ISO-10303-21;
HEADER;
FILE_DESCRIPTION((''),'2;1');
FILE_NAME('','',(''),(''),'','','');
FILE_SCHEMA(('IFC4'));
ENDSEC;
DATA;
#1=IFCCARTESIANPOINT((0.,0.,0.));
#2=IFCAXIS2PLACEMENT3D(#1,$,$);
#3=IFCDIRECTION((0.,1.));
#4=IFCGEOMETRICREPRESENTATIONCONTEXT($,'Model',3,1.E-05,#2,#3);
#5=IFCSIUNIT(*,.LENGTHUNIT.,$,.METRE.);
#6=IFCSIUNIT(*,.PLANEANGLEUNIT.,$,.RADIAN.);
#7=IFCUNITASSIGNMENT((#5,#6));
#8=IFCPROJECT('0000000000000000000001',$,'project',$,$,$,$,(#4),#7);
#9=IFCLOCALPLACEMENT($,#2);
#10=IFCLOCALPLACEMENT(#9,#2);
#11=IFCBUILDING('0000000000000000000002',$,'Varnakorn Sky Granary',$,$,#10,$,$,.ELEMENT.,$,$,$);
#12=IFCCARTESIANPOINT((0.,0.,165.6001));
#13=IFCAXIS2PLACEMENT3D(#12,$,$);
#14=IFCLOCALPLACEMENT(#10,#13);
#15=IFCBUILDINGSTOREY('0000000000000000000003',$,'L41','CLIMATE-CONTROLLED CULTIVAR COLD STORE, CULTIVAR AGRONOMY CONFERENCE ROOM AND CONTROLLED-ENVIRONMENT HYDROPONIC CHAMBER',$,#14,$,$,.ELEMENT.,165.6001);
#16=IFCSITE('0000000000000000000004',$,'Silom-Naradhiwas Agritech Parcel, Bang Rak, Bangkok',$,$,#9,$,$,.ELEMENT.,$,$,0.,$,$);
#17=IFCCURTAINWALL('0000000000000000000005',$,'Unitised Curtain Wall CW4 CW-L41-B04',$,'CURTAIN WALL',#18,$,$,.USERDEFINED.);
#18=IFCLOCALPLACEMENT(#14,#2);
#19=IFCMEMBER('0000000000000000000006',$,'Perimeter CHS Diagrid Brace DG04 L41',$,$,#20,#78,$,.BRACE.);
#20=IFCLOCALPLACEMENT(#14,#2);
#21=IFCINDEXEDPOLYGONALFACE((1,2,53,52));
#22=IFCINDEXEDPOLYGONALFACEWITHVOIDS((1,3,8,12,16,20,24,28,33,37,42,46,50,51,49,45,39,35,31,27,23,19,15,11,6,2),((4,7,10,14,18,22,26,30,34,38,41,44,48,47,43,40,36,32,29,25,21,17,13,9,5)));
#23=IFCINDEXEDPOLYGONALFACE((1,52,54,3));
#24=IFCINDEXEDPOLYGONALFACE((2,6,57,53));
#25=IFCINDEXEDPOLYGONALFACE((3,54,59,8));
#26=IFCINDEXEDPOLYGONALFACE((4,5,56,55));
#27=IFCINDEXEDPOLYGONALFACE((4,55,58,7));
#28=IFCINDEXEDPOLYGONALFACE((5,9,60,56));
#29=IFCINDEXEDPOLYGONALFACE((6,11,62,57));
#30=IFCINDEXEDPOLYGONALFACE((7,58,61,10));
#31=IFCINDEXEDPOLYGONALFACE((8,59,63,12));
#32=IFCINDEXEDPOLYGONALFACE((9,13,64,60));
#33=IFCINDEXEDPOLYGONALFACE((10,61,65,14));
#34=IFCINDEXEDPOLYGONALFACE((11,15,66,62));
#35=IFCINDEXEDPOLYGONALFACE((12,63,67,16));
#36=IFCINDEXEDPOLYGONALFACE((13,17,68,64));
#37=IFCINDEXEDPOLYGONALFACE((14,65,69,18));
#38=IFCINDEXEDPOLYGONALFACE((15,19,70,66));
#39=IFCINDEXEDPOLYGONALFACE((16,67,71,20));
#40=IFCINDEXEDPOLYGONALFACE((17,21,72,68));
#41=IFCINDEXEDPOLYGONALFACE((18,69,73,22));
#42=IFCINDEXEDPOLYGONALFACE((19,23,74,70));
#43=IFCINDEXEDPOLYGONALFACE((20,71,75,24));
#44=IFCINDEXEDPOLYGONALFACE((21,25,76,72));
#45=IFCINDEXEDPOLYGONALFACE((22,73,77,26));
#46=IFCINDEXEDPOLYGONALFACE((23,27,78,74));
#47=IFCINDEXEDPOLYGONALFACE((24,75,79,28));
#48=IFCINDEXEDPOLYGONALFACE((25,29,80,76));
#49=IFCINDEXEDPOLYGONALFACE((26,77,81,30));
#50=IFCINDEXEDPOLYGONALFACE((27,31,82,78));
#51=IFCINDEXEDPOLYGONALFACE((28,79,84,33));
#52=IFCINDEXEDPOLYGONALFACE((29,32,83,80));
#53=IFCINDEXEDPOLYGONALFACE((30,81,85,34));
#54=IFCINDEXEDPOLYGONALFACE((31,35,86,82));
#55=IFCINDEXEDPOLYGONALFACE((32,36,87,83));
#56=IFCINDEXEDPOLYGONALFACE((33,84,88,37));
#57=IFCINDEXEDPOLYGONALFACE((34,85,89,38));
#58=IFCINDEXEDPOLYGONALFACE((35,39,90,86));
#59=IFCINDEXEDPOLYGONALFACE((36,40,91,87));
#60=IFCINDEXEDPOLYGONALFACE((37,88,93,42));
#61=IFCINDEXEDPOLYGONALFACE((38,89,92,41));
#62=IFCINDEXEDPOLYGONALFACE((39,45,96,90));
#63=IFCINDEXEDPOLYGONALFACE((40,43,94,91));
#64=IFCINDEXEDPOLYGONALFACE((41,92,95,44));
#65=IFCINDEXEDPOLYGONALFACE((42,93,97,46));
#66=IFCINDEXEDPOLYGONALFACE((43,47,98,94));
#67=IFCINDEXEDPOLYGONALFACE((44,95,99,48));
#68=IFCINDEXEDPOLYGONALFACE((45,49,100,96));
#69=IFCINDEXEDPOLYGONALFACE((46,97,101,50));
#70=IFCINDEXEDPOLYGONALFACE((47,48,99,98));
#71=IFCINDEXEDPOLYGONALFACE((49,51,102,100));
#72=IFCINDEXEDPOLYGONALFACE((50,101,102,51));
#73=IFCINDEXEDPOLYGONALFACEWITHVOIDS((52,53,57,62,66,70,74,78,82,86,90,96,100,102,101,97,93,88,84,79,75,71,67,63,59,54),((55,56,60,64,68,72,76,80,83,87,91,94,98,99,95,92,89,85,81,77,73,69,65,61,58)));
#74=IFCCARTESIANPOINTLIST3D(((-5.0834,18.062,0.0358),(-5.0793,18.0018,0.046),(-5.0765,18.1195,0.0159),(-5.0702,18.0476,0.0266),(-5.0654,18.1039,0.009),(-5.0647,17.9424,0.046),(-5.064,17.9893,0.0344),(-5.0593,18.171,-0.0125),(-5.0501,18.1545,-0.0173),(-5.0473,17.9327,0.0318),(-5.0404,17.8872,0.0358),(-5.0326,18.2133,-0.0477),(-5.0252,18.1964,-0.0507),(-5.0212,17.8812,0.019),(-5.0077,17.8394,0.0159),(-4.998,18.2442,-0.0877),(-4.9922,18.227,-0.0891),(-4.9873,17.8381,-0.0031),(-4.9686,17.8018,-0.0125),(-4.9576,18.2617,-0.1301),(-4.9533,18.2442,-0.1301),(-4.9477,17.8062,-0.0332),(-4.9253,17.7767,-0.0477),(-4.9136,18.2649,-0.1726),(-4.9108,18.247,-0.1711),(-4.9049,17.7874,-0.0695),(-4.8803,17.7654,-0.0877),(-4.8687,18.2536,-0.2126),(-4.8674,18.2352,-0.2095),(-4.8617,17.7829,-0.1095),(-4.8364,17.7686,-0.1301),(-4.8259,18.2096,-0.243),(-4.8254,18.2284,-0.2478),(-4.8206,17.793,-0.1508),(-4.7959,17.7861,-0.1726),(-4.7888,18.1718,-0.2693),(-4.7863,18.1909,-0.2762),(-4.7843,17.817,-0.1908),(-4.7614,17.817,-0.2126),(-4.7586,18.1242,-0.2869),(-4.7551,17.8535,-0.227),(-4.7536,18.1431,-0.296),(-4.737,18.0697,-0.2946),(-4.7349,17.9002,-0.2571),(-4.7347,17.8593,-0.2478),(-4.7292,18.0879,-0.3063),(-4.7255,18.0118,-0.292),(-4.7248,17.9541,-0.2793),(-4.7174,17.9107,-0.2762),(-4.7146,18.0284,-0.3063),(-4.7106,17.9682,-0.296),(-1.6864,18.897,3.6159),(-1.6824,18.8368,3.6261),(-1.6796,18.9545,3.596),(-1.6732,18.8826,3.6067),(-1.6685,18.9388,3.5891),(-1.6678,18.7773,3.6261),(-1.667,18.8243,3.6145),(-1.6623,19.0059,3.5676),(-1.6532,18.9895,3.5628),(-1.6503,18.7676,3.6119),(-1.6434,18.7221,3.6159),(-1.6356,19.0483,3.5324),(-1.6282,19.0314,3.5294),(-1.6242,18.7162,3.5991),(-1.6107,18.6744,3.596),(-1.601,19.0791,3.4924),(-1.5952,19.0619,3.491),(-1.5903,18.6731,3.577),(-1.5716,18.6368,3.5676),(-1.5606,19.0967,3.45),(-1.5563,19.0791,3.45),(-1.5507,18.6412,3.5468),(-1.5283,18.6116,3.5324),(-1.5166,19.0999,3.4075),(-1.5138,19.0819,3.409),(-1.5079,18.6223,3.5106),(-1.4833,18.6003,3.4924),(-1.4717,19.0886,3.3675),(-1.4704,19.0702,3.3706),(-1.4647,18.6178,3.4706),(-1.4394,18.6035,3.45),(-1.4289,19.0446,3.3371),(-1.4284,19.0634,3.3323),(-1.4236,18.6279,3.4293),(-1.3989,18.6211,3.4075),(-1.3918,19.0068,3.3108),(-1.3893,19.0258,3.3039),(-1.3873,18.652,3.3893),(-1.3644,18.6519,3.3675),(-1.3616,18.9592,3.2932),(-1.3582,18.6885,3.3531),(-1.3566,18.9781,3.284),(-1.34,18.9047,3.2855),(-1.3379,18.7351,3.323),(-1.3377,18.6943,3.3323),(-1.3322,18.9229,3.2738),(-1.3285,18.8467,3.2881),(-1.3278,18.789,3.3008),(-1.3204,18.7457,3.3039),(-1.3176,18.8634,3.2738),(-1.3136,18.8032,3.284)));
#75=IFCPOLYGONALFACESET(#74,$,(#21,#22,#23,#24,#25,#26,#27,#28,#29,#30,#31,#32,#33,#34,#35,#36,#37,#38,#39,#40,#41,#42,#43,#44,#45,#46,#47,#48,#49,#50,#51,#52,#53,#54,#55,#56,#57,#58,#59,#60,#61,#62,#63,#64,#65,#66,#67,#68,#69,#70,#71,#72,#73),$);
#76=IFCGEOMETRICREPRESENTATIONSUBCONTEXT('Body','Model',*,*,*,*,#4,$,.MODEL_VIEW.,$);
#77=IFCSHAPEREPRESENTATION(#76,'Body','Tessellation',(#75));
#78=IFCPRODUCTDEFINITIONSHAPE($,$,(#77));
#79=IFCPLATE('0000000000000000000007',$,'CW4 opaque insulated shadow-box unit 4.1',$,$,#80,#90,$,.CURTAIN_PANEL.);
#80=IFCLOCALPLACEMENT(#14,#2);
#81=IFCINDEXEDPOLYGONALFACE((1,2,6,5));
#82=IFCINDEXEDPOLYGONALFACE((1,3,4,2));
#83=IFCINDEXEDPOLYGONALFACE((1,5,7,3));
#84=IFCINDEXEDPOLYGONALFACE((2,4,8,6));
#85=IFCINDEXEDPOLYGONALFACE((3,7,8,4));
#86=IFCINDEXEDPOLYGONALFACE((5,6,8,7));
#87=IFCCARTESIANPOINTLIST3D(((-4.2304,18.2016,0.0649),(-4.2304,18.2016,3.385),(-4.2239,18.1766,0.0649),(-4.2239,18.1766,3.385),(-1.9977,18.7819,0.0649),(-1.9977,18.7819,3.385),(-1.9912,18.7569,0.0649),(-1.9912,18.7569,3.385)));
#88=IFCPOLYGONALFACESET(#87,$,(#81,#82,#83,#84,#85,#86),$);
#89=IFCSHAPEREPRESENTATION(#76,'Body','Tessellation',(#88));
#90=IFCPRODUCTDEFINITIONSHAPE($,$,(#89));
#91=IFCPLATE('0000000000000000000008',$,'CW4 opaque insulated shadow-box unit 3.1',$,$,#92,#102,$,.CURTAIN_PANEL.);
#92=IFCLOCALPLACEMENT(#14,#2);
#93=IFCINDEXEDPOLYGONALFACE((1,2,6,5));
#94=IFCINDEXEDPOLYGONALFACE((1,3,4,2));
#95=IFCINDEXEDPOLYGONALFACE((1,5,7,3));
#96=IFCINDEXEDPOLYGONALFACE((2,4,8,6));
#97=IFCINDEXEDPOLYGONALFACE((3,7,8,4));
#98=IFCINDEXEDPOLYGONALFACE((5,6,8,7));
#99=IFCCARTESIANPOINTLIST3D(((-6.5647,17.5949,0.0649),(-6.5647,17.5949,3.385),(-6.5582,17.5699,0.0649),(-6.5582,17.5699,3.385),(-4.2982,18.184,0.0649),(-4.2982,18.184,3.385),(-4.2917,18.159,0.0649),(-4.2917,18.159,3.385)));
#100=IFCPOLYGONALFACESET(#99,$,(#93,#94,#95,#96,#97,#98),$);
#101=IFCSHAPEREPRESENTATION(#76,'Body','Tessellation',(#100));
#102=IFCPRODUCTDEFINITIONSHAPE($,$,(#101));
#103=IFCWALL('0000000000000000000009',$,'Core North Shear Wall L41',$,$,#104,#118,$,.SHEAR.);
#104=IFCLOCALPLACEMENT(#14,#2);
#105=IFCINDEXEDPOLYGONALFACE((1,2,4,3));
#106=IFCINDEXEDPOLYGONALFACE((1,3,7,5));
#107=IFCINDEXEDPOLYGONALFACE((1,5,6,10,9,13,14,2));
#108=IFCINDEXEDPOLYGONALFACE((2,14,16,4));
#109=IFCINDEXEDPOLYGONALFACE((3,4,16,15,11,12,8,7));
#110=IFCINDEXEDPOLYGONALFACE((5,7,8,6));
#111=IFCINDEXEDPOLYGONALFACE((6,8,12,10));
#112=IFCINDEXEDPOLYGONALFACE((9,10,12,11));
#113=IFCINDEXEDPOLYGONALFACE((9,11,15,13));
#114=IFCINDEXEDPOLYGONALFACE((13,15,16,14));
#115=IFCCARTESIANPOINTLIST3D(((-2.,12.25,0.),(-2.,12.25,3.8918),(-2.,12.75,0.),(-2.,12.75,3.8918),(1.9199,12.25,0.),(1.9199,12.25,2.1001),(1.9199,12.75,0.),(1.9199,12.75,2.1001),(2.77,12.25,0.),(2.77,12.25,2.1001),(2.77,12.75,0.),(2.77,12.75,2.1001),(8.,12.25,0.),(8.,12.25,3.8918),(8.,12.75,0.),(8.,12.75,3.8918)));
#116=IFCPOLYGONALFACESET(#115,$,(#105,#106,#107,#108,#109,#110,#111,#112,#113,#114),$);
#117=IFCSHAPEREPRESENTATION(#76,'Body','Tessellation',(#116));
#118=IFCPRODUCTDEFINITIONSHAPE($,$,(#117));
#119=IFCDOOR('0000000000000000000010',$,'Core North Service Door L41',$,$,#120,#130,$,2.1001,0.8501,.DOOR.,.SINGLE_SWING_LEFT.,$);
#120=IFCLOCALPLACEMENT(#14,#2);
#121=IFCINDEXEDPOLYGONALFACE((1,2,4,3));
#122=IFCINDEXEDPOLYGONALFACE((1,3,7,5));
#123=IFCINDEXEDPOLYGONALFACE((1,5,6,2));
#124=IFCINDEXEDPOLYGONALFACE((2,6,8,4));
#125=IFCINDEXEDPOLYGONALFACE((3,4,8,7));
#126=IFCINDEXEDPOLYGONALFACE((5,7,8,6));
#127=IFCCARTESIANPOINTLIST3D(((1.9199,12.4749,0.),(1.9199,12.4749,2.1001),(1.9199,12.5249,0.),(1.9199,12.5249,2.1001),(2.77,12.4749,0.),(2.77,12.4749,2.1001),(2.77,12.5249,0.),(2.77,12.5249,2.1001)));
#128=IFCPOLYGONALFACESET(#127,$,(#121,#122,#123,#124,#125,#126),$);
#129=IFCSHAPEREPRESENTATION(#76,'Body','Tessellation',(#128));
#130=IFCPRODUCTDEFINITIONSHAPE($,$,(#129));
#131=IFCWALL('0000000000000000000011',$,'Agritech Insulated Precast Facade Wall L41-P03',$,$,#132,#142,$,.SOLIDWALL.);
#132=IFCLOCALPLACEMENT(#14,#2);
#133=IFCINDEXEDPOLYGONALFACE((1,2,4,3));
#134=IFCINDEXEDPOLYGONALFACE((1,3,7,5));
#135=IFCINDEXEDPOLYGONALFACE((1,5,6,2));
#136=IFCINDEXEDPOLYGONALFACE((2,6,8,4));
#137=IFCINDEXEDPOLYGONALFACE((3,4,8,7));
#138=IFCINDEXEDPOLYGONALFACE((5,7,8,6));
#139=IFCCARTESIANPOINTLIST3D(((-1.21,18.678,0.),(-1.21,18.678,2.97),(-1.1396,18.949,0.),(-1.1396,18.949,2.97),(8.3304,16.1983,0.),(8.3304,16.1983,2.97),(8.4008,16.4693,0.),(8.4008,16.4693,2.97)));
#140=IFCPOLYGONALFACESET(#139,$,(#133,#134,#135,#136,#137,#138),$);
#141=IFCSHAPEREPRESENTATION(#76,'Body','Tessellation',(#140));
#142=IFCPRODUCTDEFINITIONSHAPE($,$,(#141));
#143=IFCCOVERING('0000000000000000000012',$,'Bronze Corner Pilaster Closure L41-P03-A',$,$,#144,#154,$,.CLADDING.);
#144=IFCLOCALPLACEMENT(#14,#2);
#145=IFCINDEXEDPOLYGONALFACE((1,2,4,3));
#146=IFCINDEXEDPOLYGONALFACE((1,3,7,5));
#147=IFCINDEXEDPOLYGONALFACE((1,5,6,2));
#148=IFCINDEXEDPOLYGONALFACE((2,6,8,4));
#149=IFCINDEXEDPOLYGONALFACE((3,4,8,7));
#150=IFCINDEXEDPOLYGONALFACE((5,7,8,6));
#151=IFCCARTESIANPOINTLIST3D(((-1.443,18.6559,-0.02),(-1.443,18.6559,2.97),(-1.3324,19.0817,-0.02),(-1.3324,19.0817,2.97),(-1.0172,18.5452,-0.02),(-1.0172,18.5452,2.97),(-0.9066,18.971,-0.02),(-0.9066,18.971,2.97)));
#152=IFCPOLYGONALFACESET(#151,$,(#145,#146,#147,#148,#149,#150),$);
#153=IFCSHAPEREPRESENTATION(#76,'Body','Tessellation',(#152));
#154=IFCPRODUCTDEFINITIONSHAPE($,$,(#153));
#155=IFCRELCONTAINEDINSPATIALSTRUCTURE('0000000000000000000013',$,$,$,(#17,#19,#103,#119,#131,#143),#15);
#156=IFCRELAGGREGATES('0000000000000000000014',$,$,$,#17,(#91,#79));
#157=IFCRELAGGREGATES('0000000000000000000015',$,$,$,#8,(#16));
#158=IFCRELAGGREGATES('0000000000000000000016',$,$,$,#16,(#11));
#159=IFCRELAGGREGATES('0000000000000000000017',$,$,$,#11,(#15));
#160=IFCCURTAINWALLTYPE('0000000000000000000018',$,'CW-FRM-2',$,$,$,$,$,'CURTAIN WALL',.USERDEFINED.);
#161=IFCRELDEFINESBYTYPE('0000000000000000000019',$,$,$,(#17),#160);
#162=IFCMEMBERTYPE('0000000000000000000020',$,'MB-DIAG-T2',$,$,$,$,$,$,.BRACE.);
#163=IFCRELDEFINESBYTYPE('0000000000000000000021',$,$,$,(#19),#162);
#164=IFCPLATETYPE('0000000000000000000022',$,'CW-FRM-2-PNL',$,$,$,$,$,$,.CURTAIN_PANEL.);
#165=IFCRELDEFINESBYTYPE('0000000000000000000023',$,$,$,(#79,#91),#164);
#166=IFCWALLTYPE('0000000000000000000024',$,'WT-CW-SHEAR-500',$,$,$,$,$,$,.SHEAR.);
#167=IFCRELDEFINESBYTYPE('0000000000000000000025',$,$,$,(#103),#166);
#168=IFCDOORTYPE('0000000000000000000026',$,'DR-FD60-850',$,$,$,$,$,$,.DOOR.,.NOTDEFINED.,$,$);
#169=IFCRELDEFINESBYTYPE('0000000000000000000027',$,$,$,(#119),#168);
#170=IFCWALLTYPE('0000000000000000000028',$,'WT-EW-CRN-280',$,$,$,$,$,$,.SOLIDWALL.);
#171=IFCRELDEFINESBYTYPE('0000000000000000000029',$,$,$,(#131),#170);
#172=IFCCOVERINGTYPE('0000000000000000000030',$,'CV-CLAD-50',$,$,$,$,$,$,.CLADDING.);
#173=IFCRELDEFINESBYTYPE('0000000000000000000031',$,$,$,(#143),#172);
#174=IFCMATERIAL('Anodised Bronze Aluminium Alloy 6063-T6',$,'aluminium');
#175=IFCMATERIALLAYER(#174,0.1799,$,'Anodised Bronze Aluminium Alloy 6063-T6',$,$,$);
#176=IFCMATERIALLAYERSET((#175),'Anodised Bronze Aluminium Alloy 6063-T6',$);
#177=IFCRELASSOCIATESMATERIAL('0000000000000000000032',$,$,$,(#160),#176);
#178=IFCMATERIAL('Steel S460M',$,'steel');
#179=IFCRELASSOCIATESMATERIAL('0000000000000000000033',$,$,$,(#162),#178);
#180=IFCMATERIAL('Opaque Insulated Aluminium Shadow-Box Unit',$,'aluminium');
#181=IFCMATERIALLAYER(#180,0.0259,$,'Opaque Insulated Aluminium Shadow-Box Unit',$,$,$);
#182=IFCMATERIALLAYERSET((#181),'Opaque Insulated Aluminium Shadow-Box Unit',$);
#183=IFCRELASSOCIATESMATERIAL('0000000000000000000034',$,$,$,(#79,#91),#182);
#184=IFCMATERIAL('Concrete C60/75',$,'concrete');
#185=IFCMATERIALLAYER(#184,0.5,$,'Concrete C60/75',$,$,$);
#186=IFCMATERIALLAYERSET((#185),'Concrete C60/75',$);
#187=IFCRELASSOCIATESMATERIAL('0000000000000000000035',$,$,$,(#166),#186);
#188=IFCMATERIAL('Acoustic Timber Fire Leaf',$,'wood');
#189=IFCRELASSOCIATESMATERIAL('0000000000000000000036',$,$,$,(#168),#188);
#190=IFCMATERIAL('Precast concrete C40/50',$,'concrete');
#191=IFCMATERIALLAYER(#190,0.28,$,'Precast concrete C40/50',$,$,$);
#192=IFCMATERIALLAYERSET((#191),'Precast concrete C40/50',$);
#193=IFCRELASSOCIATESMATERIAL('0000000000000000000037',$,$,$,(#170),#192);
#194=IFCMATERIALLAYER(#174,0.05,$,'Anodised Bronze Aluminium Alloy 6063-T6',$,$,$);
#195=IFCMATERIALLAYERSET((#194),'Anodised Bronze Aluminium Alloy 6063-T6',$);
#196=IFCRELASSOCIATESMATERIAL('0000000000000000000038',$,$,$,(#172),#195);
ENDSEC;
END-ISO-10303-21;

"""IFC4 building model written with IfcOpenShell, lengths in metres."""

from ifc_helpers import new_model, si_unit, direction, frame, frame_2d, origin, origin_2d, place, context, subcontext, project, spatial, rectangle, hollow_circle, extrude, source, transform, mapped, material, layer, layer_set, material_profile, profile_set, type_object, type_shapes, element, fill, aggregate, save


model = new_model("IFC4")

# Units and contexts
model_context = context("Model", 3, precision=1e-05, world=origin(), true_north=direction((0.0, 1.0)))
body_context = subcontext(model_context, "Body", "Model", "MODEL_VIEW")
ifc_project = project(units=[si_unit("LENGTHUNIT", "METRE"), si_unit("PLANEANGLEUNIT", "RADIAN")], contexts=[model_context])

# Site, building, storey
site_placement = place(None, origin())
site = spatial("IfcSite", under=ifc_project, at=site_placement, Name="Silom-Naradhiwas Agritech Parcel, Bang Rak, Bangkok", CompositionType="ELEMENT", RefElevation=0.0)
building_placement = place(site_placement, origin())
building = spatial("IfcBuilding", under=site, at=building_placement, Name="Varnakorn Sky Granary", CompositionType="ELEMENT")
storey_placement = place(building_placement, frame((0.0, 0.0, 165.6001)))
storey = spatial("IfcBuildingStorey", under=building, at=storey_placement, Name="L41", Description="CLIMATE-CONTROLLED CULTIVAR COLD STORE, CULTIVAR AGRONOMY CONFERENCE ROOM AND CONTROLLED-ENVIRONMENT HYDROPONIC CHAMBER", CompositionType="ELEMENT", Elevation=165.6001)

# Shared definitions
ifc_material_1 = material(Name="Steel S460M", Category="steel")

# Curtain wall
ifc_material_2 = material(Name="Anodised Bronze Aluminium Alloy 6063-T6", Category="aluminium")
ifc_layer_1 = layer(ifc_material_2, 0.1799, Name="Anodised Bronze Aluminium Alloy 6063-T6")
ifc_layer_set_1 = layer_set([ifc_layer_1], Name="Anodised Bronze Aluminium Alloy 6063-T6")
curtain_wall_type = type_object("IfcCurtainWallType", Name="CW-FRM-2", ElementType="CURTAIN WALL", PredefinedType="USERDEFINED", material=ifc_layer_set_1)
curtain_wall_placement = place(storey_placement, origin())
curtain_wall = element("IfcCurtainWall", 1, at=curtain_wall_placement, inside=storey, type_object=curtain_wall_type, Name="Unitised Curtain Wall CW4 CW-L41-B04", ObjectType="CURTAIN WALL", PredefinedType="USERDEFINED")

# Member
ifc_material_profile_1 = material_profile(ifc_material_1, hollow_circle(Radius=0.2539, WallThickness=0.0181, at=origin_2d()), Name="CHS 508x18")
ifc_profile_set_1 = profile_set([ifc_material_profile_1], Name="Steel S460M")
member_type_1 = type_object("IfcMemberType", Name="MB-DIAG-T2", PredefinedType="BRACE", material=ifc_profile_set_1)
member_1_placement = place(storey_placement, frame((-4.897, 18.0151, -0.1301), z_axis=(0.678668, 0.166814, 0.71525), x_axis=(-0.238691, 0.971096, 0.0)))
element("IfcMember", 2, at=member_1_placement, inside=storey, type_object=member_type_1, Name="Perimeter CHS Diagrid Brace DG04 L41", PredefinedType="BRACE", context=body_context, shape_type="SweptSolid", body=[
    extrude(hollow_circle(Radius=0.2539, WallThickness=0.0181, at=origin_2d()), origin(), (0.0, 0.0, 1.0), 5.0054),
])

# Plates
ifc_material_3 = material(Name="Opaque Insulated Aluminium Shadow-Box Unit", Category="aluminium")
ifc_layer_2 = layer(ifc_material_3, 0.0259, Name="Opaque Insulated Aluminium Shadow-Box Unit")
ifc_layer_set_2 = layer_set([ifc_layer_2], Name="Opaque Insulated Aluminium Shadow-Box Unit")
plate_type = type_object("IfcPlateType", Name="CW-FRM-2-PNL", PredefinedType="CURTAIN_PANEL")
shared_shape_1 = source(origin(), body_context, "Body", "SweptSolid", [
    extrude(rectangle(XDim=2.3069, YDim=0.0259, at=origin_2d()), origin(), (0.0, 0.0, 1.0), 3.3201),
])
plate_1_placement = place(storey_placement, frame((-3.1108, 18.4792, 0.0649), z_axis=(0.0, 0.0, 1.0), x_axis=(0.967841, 0.251564, 0.0)))
plate_1 = element("IfcPlate", 3, at=plate_1_placement, type_object=plate_type, material=ifc_layer_set_2, Name="CW4 opaque insulated shadow-box unit 4.1", PredefinedType="CURTAIN_PANEL", context=body_context, shape_type="MappedRepresentation", body=[
    mapped(shared_shape_1, transform((0.0, 0.0, 0.0), x_axis=(1.0, 0.0, 0.0), y_axis=(0.0, 1.0, 0.0), z_axis=(0.0, 0.0, 1.0), scale=1.0)),
])
shared_shape_2 = source(origin(), body_context, "Body", "SweptSolid", [
    extrude(rectangle(XDim=2.3418, YDim=0.0259, at=origin_2d()), origin(), (0.0, 0.0, 1.0), 3.3201),
])
type_shapes(plate_type, [shared_shape_1, shared_shape_2])
plate_2_placement = place(storey_placement, frame((-5.4282, 17.877, 0.0649), z_axis=(0.0, 0.0, 1.0), x_axis=(0.967841, 0.251564, 0.0)))
plate_2 = element("IfcPlate", 4, at=plate_2_placement, type_object=plate_type, material=ifc_layer_set_2, Name="CW4 opaque insulated shadow-box unit 3.1", PredefinedType="CURTAIN_PANEL", context=body_context, shape_type="MappedRepresentation", body=[
    mapped(shared_shape_2, transform((0.0, 0.0, 0.0), x_axis=(1.0, 0.0, 0.0), y_axis=(0.0, 1.0, 0.0), z_axis=(0.0, 0.0, 1.0), scale=1.0)),
])
aggregate(curtain_wall, [plate_2, plate_1])

# Wall, opening, door
ifc_material_4 = material(Name="Concrete C60/75", Category="concrete")
ifc_layer_3 = layer(ifc_material_4, 0.5, Name="Concrete C60/75")
ifc_layer_set_3 = layer_set([ifc_layer_3], Name="Concrete C60/75")
wall_type_1 = type_object("IfcWallType", Name="WT-CW-SHEAR-500", PredefinedType="SHEAR", material=ifc_layer_set_3)
wall_1_placement = place(storey_placement, frame((-2.0, 12.5, 0.0), z_axis=(0.0, 0.0, 1.0), x_axis=(1.0, 0.0, 0.0)))
wall_1 = element("IfcWall", 5, at=wall_1_placement, inside=storey, type_object=wall_type_1, Name="Core North Shear Wall L41", PredefinedType="SHEAR", context=body_context, shape_type="SweptSolid", body=[
    extrude(rectangle(XDim=10.0, YDim=0.5, at=frame_2d((5.0, 0.0))), origin(), (0.0, 0.0, 1.0), 3.8918),
])
opening_placement = place(wall_1_placement, frame((3.9199, 0.0, 0.0)))
opening = element("IfcOpeningElement", 6, at=opening_placement, cuts=wall_1, PredefinedType="OPENING", context=body_context, shape_type="SweptSolid", body=[
    extrude(rectangle(XDim=0.8501, YDim=2.1001, at=frame_2d((0.425, 1.05))), frame((0.0, 0.26, 0.0), z_axis=(0.0, -1.0, 0.0), x_axis=(1.0, 0.0, 0.0)), (0.0, 0.0, 1.0), 0.52),
])
ifc_material_5 = material(Name="Acoustic Timber Fire Leaf", Category="wood")
door_type = type_object("IfcDoorType", Name="DR-FD60-850", OperationType="NOTDEFINED", PredefinedType="DOOR", material=ifc_material_5)
door_placement = place(opening_placement, origin())
door = element("IfcDoor", 7, at=door_placement, inside=storey, type_object=door_type, Name="Core North Service Door L41", OperationType="SINGLE_SWING_LEFT", OverallHeight=2.1001, OverallWidth=0.8501, PredefinedType="DOOR", context=body_context, shape_type="SweptSolid", body=[
    extrude(rectangle(XDim=0.8501, YDim=2.1001, at=frame_2d((0.425, 1.05))), frame((0.0, 0.0249, 0.0), z_axis=(0.0, -1.0, 0.0), x_axis=(1.0, 0.0, 0.0)), (0.0, 0.0, 1.0), 0.05),
])
fill(opening, door)

# Wall
ifc_material_6 = material(Name="Precast concrete C40/50", Category="concrete")
ifc_layer_4 = layer(ifc_material_6, 0.28, Name="Precast concrete C40/50")
ifc_layer_set_4 = layer_set([ifc_layer_4], Name="Precast concrete C40/50")
wall_type_2 = type_object("IfcWallType", Name="WT-EW-CRN-280", PredefinedType="SOLIDWALL", material=ifc_layer_set_4)
wall_2_placement = place(storey_placement, frame((-1.1748, 18.8135, 0.0), z_axis=(0.0, 0.0, 1.0), x_axis=(0.967842, -0.251558, 0.0)))
element("IfcWall", 8, at=wall_2_placement, inside=storey, type_object=wall_type_2, Name="Agritech Insulated Precast Facade Wall L41-P03", PredefinedType="SOLIDWALL", context=body_context, shape_type="SweptSolid", body=[
    extrude(rectangle(XDim=9.8574, YDim=0.28, at=frame_2d((4.9287, 0.0))), origin(), (0.0, 0.0, 1.0), 2.97),
])

# Covering
ifc_layer_5 = layer(ifc_material_2, 0.05, Name="Anodised Bronze Aluminium Alloy 6063-T6")
ifc_layer_set_5 = layer_set([ifc_layer_5], Name="Anodised Bronze Aluminium Alloy 6063-T6")
covering_type = type_object("IfcCoveringType", Name="CV-CLAD-50", PredefinedType="CLADDING", material=ifc_layer_set_5)
shared_shape_3 = source(origin(), body_context, "Body", "SweptSolid", [
    extrude(rectangle(XDim=0.4399, YDim=0.4399, at=origin_2d()), origin(), (0.0, 0.0, 1.0), 2.99),
])
type_shapes(covering_type, [shared_shape_3])
covering_placement = place(storey_placement, frame((-1.1748, 18.8135, -0.02), z_axis=(0.0, 0.0, 1.0), x_axis=(0.967841, -0.251563, 0.0)))
element("IfcCovering", 9, at=covering_placement, inside=storey, type_object=covering_type, Name="Bronze Corner Pilaster Closure L41-P03-A", PredefinedType="CLADDING", context=body_context, shape_type="MappedRepresentation", body=[
    mapped(shared_shape_3, transform((0.0, 0.0, 0.0), x_axis=(1.0, 0.0, 0.0), y_axis=(0.0, 1.0, 0.0), z_axis=(0.0, 0.0, 1.0), scale=1.0)),
])

save(model, "model.ifc")
